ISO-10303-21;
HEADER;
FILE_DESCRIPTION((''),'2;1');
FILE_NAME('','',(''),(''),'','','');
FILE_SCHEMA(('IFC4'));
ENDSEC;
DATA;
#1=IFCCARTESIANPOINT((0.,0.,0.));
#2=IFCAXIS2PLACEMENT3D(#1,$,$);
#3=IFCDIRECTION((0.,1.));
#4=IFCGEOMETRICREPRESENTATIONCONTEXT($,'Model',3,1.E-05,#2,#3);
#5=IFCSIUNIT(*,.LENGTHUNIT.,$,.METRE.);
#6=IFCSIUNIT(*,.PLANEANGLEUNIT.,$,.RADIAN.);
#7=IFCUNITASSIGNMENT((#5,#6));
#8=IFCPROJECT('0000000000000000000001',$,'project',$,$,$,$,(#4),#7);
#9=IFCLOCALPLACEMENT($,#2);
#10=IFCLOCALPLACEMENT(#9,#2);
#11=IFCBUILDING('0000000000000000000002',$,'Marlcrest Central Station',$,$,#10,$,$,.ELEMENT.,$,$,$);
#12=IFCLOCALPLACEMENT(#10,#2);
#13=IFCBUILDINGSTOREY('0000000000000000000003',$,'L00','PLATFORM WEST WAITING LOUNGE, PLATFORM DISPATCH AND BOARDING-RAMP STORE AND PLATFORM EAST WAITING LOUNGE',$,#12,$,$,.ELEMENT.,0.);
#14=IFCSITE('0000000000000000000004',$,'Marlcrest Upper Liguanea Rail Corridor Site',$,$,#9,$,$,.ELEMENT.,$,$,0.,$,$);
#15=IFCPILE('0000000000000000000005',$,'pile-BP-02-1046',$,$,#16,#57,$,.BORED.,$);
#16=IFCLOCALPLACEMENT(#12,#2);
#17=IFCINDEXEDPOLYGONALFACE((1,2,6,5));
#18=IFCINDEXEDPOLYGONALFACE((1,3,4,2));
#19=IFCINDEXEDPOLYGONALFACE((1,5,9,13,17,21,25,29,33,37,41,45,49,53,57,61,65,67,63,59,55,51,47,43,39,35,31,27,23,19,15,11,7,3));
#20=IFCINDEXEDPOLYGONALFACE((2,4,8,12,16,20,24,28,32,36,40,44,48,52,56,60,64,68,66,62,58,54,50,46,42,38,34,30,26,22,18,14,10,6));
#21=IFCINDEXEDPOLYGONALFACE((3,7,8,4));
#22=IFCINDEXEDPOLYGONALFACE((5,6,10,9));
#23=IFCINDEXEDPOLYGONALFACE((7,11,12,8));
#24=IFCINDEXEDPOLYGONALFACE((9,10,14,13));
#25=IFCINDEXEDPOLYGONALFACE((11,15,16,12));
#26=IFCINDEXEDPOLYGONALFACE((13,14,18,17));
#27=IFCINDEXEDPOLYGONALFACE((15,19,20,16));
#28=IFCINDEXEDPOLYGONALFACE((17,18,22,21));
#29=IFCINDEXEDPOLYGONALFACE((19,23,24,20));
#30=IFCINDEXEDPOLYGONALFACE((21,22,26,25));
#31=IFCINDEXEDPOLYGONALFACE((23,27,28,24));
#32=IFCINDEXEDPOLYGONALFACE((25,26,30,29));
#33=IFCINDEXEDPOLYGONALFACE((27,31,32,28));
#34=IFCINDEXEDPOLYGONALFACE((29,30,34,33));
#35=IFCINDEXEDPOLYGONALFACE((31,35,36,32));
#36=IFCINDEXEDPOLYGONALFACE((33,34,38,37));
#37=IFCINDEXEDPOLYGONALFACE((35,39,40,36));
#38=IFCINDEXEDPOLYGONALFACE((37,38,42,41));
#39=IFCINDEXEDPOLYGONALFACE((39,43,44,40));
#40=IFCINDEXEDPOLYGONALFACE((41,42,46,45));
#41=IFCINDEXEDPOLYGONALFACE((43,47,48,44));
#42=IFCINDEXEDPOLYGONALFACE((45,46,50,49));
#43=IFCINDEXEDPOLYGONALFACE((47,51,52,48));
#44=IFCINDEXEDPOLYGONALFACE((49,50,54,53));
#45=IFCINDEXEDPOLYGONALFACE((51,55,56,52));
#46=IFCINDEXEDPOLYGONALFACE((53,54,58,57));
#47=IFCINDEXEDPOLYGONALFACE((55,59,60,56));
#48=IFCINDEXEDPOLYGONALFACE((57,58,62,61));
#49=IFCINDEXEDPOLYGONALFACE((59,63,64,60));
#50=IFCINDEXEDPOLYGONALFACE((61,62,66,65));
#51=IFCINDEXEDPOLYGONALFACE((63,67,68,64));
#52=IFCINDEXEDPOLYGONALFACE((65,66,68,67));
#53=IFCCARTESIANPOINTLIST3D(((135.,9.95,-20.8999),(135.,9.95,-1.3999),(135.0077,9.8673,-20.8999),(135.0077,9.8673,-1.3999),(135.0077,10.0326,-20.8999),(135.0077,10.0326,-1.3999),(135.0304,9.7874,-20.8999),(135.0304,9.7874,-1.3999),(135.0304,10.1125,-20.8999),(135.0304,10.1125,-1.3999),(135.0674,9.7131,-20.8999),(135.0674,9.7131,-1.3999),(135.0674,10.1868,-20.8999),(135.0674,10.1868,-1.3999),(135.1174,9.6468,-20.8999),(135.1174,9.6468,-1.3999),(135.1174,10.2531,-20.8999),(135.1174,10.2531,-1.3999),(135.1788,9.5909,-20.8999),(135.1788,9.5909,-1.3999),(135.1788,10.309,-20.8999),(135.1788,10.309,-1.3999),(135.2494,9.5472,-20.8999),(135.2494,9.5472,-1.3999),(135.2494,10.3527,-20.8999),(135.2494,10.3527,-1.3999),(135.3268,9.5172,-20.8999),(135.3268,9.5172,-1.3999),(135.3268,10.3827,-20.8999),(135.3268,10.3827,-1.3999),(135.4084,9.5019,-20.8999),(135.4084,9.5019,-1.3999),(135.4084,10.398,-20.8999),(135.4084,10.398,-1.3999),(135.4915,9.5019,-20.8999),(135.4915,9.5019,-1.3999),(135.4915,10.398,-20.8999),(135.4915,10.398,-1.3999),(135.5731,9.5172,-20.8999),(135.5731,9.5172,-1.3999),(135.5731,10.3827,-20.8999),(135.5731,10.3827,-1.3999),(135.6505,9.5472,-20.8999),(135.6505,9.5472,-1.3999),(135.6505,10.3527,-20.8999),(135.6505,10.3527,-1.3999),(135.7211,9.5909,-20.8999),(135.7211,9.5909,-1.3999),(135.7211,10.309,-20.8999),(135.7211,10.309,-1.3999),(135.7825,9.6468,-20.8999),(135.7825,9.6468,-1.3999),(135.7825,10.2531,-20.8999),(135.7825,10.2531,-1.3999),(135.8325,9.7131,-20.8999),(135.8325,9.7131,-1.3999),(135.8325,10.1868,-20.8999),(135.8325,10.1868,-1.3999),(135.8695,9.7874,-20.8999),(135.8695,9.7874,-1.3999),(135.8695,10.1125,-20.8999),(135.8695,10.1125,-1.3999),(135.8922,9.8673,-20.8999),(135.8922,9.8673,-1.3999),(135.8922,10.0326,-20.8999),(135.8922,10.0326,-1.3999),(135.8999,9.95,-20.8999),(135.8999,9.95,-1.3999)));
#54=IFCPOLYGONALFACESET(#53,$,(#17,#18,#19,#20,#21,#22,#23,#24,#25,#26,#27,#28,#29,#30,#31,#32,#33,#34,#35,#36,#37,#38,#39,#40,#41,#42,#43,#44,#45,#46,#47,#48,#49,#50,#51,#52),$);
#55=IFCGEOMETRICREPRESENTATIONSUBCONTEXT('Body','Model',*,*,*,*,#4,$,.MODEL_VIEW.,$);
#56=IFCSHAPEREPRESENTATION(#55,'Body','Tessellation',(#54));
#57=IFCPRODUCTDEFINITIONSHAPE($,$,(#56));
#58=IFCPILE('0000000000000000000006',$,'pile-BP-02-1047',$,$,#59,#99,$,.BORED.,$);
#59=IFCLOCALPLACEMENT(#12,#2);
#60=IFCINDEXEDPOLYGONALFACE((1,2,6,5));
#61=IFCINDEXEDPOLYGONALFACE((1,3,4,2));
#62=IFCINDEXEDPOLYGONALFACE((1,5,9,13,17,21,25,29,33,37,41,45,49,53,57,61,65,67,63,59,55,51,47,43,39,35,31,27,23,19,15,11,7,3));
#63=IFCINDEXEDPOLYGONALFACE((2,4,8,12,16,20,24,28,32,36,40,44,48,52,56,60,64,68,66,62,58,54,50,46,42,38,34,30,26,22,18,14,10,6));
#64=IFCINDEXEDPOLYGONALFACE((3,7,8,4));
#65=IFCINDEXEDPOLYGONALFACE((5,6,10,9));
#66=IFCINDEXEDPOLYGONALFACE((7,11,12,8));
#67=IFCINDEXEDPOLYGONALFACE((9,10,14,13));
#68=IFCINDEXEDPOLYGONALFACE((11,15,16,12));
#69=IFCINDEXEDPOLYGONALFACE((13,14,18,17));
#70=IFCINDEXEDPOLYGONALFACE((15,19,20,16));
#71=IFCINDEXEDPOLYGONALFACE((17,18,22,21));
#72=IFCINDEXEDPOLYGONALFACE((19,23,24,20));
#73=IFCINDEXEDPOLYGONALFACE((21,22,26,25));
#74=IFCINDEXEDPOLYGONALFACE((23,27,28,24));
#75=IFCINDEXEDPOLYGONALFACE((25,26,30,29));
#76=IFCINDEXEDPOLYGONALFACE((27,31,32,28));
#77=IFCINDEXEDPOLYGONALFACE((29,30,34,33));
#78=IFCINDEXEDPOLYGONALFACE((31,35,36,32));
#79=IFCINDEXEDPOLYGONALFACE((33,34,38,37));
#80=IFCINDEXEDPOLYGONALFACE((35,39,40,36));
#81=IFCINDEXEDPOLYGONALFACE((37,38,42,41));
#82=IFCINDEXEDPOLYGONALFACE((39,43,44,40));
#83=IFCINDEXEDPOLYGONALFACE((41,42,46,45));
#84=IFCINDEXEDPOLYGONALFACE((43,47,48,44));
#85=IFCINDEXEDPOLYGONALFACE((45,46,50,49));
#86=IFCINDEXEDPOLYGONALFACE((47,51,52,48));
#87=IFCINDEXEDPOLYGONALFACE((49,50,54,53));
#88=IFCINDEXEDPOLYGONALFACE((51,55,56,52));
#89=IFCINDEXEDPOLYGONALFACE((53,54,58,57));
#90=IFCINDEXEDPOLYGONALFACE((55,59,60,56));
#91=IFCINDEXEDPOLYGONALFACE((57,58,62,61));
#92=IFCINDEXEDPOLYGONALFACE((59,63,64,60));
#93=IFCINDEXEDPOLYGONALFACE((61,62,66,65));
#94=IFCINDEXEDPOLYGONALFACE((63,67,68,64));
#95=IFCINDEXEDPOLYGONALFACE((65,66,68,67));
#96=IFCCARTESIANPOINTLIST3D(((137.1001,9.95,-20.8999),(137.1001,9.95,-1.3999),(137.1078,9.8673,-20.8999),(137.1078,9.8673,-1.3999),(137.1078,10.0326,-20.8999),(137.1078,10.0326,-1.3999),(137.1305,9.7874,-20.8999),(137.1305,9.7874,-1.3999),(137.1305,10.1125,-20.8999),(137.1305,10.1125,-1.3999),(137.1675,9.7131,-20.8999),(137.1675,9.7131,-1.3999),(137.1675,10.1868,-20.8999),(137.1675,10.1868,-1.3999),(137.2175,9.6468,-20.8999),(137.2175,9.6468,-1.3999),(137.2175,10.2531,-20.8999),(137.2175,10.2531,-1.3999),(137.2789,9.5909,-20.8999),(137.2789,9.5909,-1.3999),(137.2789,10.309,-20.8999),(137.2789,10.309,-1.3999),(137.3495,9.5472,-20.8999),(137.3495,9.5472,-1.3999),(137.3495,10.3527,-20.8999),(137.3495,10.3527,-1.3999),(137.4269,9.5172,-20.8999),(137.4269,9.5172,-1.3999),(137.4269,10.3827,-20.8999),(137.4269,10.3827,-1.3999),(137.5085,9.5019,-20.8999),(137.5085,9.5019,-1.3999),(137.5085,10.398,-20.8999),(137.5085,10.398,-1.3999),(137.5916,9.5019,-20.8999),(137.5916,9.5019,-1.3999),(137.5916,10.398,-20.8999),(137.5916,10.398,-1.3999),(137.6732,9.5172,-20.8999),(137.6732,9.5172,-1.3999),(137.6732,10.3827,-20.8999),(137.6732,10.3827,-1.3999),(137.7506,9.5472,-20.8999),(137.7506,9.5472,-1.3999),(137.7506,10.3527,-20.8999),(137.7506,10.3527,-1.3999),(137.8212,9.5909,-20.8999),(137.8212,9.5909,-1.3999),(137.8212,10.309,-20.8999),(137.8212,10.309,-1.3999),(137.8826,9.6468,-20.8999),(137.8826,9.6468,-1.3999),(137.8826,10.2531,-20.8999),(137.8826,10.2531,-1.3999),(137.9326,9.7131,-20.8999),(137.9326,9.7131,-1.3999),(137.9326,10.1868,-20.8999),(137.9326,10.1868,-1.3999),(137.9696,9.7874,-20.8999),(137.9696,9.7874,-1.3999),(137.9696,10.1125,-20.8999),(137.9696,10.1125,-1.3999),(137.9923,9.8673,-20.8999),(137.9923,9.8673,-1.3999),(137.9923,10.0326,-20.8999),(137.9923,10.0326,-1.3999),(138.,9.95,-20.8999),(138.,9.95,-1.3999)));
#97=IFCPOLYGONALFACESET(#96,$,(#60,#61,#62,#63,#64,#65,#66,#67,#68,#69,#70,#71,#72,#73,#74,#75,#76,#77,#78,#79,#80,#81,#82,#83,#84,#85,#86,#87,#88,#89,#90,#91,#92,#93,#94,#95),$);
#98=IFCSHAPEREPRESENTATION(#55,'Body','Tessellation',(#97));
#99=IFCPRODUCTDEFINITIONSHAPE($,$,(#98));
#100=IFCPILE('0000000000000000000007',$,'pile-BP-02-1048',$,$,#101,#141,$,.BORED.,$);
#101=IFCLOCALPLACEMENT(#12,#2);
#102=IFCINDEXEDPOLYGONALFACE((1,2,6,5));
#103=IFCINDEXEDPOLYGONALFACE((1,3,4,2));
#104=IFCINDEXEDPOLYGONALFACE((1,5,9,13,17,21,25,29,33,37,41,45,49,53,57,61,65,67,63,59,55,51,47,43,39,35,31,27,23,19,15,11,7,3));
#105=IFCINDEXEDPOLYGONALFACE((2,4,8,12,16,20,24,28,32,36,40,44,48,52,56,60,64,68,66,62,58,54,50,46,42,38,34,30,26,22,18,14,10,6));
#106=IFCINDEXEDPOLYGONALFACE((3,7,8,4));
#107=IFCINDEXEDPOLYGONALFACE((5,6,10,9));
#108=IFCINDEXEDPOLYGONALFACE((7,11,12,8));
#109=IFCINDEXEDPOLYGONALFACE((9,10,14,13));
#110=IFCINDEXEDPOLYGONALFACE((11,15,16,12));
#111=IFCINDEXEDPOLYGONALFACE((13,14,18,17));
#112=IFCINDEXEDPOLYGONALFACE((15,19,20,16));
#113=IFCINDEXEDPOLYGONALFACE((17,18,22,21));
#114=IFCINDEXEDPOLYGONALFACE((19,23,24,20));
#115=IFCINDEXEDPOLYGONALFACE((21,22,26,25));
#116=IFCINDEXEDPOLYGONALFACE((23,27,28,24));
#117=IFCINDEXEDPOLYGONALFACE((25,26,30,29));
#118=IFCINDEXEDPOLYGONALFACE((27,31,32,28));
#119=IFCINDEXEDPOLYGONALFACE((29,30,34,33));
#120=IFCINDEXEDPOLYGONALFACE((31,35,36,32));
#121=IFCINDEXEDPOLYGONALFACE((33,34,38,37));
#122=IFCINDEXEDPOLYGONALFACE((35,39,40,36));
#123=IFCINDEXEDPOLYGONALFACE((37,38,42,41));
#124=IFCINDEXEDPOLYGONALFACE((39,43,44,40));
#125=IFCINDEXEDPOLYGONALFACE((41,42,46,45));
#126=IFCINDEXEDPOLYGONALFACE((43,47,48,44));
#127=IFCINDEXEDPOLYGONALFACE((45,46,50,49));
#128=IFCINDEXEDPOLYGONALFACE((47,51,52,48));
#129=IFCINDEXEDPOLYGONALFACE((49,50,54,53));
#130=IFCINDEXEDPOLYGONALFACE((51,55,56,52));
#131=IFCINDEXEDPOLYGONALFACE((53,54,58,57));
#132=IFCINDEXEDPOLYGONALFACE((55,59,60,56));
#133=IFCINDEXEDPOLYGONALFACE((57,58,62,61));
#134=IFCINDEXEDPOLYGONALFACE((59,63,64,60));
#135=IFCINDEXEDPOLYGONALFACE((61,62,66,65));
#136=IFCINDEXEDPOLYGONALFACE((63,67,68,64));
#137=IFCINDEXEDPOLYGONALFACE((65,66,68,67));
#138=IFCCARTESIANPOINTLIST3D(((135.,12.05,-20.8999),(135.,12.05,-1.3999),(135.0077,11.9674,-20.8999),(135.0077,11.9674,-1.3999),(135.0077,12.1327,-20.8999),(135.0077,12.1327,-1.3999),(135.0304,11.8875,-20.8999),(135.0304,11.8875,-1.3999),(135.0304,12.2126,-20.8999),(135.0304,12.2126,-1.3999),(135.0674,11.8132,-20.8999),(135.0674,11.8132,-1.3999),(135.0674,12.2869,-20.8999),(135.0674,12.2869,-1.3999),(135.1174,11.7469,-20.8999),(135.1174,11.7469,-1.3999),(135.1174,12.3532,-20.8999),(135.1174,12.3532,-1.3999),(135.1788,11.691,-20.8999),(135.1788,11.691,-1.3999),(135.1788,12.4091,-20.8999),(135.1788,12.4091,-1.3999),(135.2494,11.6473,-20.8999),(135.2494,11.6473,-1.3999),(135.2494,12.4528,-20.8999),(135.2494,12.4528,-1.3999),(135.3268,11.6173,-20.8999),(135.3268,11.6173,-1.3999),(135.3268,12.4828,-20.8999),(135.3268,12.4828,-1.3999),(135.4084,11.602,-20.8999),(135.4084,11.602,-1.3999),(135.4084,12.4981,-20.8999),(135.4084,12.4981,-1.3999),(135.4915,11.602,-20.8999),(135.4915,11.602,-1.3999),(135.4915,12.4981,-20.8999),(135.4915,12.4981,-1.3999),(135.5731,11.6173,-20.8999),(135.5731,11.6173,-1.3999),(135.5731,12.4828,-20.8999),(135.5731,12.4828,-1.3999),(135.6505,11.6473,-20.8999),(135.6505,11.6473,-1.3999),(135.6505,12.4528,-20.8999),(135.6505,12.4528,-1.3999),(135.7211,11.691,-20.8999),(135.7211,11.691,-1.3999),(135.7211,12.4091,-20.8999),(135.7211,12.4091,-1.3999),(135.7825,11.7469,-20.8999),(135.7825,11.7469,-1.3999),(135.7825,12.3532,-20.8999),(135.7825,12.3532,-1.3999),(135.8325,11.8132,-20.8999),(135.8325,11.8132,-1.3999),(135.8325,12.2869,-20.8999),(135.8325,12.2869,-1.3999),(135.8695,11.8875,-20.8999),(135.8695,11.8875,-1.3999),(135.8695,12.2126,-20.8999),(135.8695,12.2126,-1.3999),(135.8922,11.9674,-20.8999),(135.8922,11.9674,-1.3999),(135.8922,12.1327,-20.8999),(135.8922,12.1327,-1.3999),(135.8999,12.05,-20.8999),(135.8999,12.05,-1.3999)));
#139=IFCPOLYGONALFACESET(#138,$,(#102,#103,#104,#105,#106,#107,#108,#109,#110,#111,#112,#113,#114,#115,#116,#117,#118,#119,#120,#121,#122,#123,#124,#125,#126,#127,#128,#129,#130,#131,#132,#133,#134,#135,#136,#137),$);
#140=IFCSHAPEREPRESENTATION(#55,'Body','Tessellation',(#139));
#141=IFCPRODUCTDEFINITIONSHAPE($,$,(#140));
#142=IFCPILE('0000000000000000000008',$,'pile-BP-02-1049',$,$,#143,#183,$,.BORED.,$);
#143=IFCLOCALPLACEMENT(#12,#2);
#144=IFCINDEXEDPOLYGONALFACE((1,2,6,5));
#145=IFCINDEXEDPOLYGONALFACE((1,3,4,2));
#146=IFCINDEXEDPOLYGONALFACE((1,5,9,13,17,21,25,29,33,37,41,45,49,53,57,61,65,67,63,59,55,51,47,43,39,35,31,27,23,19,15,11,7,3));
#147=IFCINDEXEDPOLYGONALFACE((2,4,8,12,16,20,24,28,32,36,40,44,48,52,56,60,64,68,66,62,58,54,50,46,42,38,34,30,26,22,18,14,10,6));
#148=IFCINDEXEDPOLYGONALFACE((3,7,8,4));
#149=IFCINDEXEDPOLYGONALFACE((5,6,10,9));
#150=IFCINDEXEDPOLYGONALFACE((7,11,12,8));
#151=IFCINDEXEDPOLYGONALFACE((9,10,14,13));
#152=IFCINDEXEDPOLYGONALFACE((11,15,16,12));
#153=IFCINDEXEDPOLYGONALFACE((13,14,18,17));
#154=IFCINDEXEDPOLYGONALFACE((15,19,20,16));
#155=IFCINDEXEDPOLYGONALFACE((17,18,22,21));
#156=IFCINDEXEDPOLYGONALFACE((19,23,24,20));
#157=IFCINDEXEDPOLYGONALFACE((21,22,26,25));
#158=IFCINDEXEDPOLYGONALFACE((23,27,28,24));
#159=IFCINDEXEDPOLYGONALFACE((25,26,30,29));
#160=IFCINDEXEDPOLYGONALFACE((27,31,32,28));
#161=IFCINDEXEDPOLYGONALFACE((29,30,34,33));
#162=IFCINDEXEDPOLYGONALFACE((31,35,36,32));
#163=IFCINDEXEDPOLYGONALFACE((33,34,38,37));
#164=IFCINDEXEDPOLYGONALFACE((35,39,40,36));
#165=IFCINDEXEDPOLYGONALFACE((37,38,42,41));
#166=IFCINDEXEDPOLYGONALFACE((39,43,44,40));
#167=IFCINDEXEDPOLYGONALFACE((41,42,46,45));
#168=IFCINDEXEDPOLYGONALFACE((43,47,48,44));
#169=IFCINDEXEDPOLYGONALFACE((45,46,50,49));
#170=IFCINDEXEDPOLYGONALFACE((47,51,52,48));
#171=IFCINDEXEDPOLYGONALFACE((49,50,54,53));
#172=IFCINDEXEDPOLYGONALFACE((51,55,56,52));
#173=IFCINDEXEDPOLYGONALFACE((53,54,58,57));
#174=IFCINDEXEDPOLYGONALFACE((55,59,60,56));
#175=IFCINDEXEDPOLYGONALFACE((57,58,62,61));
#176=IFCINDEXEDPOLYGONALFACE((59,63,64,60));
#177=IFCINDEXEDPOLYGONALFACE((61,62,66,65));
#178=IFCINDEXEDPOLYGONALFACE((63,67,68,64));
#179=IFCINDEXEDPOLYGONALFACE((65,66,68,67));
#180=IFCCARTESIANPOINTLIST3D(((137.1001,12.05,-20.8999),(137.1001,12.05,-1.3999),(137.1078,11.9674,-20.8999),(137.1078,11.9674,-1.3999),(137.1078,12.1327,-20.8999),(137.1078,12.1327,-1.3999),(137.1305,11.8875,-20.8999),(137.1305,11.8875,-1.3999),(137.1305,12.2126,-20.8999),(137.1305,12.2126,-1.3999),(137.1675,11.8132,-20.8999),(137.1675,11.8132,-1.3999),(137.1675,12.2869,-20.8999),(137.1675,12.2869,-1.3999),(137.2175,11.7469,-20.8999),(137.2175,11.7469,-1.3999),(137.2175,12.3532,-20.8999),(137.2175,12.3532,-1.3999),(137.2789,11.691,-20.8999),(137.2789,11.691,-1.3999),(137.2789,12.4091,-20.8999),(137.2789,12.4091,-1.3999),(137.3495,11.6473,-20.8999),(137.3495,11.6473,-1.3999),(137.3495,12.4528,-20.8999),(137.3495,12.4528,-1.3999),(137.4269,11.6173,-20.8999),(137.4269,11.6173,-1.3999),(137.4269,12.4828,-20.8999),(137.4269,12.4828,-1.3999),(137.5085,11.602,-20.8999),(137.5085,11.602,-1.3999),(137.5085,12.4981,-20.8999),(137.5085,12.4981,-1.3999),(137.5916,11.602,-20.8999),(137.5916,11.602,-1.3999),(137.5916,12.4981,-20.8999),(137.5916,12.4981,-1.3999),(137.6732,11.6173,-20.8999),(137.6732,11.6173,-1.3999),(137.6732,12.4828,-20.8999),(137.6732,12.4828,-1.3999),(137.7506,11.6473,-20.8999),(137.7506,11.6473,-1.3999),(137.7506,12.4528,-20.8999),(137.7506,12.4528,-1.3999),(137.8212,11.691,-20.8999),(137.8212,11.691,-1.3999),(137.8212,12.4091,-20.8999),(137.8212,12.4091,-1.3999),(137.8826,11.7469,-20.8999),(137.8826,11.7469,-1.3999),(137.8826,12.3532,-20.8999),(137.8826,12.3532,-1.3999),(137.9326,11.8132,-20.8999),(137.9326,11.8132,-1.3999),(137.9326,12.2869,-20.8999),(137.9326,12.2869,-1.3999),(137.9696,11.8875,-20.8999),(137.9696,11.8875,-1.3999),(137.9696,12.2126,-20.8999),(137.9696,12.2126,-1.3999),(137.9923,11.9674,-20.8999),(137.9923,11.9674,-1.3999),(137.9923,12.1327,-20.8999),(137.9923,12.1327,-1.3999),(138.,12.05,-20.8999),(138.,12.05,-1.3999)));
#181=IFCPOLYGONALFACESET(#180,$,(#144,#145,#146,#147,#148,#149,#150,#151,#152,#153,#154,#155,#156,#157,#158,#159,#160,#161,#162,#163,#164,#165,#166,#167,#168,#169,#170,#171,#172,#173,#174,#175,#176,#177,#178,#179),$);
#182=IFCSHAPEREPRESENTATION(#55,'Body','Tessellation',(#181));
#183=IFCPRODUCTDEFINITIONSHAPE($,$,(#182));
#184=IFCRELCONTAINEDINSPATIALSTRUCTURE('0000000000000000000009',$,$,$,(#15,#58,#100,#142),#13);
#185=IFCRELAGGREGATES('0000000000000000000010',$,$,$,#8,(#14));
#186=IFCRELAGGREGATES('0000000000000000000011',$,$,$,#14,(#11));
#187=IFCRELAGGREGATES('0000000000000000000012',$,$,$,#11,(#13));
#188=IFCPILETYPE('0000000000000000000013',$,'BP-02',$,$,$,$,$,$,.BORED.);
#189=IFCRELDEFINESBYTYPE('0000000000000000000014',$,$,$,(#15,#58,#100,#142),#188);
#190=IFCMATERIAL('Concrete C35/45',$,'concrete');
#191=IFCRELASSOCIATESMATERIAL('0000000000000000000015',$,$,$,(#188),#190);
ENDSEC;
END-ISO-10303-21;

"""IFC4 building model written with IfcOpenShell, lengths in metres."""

from ifc_helpers import new_model, si_unit, direction, frame, origin, origin_2d, place, context, subcontext, project, spatial, circle, extrude, material, material_profile, profile_set, type_object, element, save


model = new_model("IFC4")

# Units and contexts
model_context = context("Model", 3, precision=1e-05, world=origin(), true_north=direction((0.0, 1.0)))
body_context = subcontext(model_context, "Body", "Model", "MODEL_VIEW")
ifc_project = project(units=[si_unit("LENGTHUNIT", "METRE"), si_unit("PLANEANGLEUNIT", "RADIAN")], contexts=[model_context])

# Site, building, storey
site_placement = place(None, origin())
site = spatial("IfcSite", under=ifc_project, at=site_placement, Name="Marlcrest Upper Liguanea Rail Corridor Site", CompositionType="ELEMENT", RefElevation=0.0)
building_placement = place(site_placement, origin())
building = spatial("IfcBuilding", under=site, at=building_placement, Name="Marlcrest Central Station", CompositionType="ELEMENT")
storey_placement = place(building_placement, origin())
storey = spatial("IfcBuildingStorey", under=building, at=storey_placement, Name="L00", Description="PLATFORM WEST WAITING LOUNGE, PLATFORM DISPATCH AND BOARDING-RAMP STORE AND PLATFORM EAST WAITING LOUNGE", CompositionType="ELEMENT", Elevation=0.0)

# Piles
ifc_material_1 = material(Name="Concrete C35/45", Category="concrete")
ifc_material_profile_1 = material_profile(ifc_material_1, circle(Radius=0.45, at=origin_2d()), Name="PILE D900")
ifc_profile_set_1 = profile_set([ifc_material_profile_1], Name="Concrete C35/45")
pile_type_1 = type_object("IfcPileType", Name="BP-02", PredefinedType="BORED", material=ifc_profile_set_1)
for number, where, z_axis, x_axis, name in (
    (1, (135.45, 9.95, -1.3999), (0.0, 0.0, -1.0), (1.0, 0.0, 0.0), "pile-BP-02-1046"),
    (2, (137.55, 9.95, -1.3999), (0.0, 0.0, -1.0), (1.0, 0.0, 0.0), "pile-BP-02-1047"),
    (3, (135.45, 12.05, -1.3999), (0.0, 0.0, -1.0), (1.0, 0.0, 0.0), "pile-BP-02-1048"),
    (4, (137.55, 12.05, -1.3999), (0.0, 0.0, -1.0), (1.0, 0.0, 0.0), "pile-BP-02-1049"),
):
    element("IfcPile", number, at=place(storey_placement, frame(where, z_axis=z_axis, x_axis=x_axis)), inside=storey, type_object=pile_type_1, Name=name, PredefinedType="BORED", context=body_context, shape_type="SweptSolid", body=[
        extrude(circle(Radius=0.45, at=origin_2d()), origin(), (0.0, 0.0, 1.0), 19.5),
    ])

save(model, "model.ifc")
